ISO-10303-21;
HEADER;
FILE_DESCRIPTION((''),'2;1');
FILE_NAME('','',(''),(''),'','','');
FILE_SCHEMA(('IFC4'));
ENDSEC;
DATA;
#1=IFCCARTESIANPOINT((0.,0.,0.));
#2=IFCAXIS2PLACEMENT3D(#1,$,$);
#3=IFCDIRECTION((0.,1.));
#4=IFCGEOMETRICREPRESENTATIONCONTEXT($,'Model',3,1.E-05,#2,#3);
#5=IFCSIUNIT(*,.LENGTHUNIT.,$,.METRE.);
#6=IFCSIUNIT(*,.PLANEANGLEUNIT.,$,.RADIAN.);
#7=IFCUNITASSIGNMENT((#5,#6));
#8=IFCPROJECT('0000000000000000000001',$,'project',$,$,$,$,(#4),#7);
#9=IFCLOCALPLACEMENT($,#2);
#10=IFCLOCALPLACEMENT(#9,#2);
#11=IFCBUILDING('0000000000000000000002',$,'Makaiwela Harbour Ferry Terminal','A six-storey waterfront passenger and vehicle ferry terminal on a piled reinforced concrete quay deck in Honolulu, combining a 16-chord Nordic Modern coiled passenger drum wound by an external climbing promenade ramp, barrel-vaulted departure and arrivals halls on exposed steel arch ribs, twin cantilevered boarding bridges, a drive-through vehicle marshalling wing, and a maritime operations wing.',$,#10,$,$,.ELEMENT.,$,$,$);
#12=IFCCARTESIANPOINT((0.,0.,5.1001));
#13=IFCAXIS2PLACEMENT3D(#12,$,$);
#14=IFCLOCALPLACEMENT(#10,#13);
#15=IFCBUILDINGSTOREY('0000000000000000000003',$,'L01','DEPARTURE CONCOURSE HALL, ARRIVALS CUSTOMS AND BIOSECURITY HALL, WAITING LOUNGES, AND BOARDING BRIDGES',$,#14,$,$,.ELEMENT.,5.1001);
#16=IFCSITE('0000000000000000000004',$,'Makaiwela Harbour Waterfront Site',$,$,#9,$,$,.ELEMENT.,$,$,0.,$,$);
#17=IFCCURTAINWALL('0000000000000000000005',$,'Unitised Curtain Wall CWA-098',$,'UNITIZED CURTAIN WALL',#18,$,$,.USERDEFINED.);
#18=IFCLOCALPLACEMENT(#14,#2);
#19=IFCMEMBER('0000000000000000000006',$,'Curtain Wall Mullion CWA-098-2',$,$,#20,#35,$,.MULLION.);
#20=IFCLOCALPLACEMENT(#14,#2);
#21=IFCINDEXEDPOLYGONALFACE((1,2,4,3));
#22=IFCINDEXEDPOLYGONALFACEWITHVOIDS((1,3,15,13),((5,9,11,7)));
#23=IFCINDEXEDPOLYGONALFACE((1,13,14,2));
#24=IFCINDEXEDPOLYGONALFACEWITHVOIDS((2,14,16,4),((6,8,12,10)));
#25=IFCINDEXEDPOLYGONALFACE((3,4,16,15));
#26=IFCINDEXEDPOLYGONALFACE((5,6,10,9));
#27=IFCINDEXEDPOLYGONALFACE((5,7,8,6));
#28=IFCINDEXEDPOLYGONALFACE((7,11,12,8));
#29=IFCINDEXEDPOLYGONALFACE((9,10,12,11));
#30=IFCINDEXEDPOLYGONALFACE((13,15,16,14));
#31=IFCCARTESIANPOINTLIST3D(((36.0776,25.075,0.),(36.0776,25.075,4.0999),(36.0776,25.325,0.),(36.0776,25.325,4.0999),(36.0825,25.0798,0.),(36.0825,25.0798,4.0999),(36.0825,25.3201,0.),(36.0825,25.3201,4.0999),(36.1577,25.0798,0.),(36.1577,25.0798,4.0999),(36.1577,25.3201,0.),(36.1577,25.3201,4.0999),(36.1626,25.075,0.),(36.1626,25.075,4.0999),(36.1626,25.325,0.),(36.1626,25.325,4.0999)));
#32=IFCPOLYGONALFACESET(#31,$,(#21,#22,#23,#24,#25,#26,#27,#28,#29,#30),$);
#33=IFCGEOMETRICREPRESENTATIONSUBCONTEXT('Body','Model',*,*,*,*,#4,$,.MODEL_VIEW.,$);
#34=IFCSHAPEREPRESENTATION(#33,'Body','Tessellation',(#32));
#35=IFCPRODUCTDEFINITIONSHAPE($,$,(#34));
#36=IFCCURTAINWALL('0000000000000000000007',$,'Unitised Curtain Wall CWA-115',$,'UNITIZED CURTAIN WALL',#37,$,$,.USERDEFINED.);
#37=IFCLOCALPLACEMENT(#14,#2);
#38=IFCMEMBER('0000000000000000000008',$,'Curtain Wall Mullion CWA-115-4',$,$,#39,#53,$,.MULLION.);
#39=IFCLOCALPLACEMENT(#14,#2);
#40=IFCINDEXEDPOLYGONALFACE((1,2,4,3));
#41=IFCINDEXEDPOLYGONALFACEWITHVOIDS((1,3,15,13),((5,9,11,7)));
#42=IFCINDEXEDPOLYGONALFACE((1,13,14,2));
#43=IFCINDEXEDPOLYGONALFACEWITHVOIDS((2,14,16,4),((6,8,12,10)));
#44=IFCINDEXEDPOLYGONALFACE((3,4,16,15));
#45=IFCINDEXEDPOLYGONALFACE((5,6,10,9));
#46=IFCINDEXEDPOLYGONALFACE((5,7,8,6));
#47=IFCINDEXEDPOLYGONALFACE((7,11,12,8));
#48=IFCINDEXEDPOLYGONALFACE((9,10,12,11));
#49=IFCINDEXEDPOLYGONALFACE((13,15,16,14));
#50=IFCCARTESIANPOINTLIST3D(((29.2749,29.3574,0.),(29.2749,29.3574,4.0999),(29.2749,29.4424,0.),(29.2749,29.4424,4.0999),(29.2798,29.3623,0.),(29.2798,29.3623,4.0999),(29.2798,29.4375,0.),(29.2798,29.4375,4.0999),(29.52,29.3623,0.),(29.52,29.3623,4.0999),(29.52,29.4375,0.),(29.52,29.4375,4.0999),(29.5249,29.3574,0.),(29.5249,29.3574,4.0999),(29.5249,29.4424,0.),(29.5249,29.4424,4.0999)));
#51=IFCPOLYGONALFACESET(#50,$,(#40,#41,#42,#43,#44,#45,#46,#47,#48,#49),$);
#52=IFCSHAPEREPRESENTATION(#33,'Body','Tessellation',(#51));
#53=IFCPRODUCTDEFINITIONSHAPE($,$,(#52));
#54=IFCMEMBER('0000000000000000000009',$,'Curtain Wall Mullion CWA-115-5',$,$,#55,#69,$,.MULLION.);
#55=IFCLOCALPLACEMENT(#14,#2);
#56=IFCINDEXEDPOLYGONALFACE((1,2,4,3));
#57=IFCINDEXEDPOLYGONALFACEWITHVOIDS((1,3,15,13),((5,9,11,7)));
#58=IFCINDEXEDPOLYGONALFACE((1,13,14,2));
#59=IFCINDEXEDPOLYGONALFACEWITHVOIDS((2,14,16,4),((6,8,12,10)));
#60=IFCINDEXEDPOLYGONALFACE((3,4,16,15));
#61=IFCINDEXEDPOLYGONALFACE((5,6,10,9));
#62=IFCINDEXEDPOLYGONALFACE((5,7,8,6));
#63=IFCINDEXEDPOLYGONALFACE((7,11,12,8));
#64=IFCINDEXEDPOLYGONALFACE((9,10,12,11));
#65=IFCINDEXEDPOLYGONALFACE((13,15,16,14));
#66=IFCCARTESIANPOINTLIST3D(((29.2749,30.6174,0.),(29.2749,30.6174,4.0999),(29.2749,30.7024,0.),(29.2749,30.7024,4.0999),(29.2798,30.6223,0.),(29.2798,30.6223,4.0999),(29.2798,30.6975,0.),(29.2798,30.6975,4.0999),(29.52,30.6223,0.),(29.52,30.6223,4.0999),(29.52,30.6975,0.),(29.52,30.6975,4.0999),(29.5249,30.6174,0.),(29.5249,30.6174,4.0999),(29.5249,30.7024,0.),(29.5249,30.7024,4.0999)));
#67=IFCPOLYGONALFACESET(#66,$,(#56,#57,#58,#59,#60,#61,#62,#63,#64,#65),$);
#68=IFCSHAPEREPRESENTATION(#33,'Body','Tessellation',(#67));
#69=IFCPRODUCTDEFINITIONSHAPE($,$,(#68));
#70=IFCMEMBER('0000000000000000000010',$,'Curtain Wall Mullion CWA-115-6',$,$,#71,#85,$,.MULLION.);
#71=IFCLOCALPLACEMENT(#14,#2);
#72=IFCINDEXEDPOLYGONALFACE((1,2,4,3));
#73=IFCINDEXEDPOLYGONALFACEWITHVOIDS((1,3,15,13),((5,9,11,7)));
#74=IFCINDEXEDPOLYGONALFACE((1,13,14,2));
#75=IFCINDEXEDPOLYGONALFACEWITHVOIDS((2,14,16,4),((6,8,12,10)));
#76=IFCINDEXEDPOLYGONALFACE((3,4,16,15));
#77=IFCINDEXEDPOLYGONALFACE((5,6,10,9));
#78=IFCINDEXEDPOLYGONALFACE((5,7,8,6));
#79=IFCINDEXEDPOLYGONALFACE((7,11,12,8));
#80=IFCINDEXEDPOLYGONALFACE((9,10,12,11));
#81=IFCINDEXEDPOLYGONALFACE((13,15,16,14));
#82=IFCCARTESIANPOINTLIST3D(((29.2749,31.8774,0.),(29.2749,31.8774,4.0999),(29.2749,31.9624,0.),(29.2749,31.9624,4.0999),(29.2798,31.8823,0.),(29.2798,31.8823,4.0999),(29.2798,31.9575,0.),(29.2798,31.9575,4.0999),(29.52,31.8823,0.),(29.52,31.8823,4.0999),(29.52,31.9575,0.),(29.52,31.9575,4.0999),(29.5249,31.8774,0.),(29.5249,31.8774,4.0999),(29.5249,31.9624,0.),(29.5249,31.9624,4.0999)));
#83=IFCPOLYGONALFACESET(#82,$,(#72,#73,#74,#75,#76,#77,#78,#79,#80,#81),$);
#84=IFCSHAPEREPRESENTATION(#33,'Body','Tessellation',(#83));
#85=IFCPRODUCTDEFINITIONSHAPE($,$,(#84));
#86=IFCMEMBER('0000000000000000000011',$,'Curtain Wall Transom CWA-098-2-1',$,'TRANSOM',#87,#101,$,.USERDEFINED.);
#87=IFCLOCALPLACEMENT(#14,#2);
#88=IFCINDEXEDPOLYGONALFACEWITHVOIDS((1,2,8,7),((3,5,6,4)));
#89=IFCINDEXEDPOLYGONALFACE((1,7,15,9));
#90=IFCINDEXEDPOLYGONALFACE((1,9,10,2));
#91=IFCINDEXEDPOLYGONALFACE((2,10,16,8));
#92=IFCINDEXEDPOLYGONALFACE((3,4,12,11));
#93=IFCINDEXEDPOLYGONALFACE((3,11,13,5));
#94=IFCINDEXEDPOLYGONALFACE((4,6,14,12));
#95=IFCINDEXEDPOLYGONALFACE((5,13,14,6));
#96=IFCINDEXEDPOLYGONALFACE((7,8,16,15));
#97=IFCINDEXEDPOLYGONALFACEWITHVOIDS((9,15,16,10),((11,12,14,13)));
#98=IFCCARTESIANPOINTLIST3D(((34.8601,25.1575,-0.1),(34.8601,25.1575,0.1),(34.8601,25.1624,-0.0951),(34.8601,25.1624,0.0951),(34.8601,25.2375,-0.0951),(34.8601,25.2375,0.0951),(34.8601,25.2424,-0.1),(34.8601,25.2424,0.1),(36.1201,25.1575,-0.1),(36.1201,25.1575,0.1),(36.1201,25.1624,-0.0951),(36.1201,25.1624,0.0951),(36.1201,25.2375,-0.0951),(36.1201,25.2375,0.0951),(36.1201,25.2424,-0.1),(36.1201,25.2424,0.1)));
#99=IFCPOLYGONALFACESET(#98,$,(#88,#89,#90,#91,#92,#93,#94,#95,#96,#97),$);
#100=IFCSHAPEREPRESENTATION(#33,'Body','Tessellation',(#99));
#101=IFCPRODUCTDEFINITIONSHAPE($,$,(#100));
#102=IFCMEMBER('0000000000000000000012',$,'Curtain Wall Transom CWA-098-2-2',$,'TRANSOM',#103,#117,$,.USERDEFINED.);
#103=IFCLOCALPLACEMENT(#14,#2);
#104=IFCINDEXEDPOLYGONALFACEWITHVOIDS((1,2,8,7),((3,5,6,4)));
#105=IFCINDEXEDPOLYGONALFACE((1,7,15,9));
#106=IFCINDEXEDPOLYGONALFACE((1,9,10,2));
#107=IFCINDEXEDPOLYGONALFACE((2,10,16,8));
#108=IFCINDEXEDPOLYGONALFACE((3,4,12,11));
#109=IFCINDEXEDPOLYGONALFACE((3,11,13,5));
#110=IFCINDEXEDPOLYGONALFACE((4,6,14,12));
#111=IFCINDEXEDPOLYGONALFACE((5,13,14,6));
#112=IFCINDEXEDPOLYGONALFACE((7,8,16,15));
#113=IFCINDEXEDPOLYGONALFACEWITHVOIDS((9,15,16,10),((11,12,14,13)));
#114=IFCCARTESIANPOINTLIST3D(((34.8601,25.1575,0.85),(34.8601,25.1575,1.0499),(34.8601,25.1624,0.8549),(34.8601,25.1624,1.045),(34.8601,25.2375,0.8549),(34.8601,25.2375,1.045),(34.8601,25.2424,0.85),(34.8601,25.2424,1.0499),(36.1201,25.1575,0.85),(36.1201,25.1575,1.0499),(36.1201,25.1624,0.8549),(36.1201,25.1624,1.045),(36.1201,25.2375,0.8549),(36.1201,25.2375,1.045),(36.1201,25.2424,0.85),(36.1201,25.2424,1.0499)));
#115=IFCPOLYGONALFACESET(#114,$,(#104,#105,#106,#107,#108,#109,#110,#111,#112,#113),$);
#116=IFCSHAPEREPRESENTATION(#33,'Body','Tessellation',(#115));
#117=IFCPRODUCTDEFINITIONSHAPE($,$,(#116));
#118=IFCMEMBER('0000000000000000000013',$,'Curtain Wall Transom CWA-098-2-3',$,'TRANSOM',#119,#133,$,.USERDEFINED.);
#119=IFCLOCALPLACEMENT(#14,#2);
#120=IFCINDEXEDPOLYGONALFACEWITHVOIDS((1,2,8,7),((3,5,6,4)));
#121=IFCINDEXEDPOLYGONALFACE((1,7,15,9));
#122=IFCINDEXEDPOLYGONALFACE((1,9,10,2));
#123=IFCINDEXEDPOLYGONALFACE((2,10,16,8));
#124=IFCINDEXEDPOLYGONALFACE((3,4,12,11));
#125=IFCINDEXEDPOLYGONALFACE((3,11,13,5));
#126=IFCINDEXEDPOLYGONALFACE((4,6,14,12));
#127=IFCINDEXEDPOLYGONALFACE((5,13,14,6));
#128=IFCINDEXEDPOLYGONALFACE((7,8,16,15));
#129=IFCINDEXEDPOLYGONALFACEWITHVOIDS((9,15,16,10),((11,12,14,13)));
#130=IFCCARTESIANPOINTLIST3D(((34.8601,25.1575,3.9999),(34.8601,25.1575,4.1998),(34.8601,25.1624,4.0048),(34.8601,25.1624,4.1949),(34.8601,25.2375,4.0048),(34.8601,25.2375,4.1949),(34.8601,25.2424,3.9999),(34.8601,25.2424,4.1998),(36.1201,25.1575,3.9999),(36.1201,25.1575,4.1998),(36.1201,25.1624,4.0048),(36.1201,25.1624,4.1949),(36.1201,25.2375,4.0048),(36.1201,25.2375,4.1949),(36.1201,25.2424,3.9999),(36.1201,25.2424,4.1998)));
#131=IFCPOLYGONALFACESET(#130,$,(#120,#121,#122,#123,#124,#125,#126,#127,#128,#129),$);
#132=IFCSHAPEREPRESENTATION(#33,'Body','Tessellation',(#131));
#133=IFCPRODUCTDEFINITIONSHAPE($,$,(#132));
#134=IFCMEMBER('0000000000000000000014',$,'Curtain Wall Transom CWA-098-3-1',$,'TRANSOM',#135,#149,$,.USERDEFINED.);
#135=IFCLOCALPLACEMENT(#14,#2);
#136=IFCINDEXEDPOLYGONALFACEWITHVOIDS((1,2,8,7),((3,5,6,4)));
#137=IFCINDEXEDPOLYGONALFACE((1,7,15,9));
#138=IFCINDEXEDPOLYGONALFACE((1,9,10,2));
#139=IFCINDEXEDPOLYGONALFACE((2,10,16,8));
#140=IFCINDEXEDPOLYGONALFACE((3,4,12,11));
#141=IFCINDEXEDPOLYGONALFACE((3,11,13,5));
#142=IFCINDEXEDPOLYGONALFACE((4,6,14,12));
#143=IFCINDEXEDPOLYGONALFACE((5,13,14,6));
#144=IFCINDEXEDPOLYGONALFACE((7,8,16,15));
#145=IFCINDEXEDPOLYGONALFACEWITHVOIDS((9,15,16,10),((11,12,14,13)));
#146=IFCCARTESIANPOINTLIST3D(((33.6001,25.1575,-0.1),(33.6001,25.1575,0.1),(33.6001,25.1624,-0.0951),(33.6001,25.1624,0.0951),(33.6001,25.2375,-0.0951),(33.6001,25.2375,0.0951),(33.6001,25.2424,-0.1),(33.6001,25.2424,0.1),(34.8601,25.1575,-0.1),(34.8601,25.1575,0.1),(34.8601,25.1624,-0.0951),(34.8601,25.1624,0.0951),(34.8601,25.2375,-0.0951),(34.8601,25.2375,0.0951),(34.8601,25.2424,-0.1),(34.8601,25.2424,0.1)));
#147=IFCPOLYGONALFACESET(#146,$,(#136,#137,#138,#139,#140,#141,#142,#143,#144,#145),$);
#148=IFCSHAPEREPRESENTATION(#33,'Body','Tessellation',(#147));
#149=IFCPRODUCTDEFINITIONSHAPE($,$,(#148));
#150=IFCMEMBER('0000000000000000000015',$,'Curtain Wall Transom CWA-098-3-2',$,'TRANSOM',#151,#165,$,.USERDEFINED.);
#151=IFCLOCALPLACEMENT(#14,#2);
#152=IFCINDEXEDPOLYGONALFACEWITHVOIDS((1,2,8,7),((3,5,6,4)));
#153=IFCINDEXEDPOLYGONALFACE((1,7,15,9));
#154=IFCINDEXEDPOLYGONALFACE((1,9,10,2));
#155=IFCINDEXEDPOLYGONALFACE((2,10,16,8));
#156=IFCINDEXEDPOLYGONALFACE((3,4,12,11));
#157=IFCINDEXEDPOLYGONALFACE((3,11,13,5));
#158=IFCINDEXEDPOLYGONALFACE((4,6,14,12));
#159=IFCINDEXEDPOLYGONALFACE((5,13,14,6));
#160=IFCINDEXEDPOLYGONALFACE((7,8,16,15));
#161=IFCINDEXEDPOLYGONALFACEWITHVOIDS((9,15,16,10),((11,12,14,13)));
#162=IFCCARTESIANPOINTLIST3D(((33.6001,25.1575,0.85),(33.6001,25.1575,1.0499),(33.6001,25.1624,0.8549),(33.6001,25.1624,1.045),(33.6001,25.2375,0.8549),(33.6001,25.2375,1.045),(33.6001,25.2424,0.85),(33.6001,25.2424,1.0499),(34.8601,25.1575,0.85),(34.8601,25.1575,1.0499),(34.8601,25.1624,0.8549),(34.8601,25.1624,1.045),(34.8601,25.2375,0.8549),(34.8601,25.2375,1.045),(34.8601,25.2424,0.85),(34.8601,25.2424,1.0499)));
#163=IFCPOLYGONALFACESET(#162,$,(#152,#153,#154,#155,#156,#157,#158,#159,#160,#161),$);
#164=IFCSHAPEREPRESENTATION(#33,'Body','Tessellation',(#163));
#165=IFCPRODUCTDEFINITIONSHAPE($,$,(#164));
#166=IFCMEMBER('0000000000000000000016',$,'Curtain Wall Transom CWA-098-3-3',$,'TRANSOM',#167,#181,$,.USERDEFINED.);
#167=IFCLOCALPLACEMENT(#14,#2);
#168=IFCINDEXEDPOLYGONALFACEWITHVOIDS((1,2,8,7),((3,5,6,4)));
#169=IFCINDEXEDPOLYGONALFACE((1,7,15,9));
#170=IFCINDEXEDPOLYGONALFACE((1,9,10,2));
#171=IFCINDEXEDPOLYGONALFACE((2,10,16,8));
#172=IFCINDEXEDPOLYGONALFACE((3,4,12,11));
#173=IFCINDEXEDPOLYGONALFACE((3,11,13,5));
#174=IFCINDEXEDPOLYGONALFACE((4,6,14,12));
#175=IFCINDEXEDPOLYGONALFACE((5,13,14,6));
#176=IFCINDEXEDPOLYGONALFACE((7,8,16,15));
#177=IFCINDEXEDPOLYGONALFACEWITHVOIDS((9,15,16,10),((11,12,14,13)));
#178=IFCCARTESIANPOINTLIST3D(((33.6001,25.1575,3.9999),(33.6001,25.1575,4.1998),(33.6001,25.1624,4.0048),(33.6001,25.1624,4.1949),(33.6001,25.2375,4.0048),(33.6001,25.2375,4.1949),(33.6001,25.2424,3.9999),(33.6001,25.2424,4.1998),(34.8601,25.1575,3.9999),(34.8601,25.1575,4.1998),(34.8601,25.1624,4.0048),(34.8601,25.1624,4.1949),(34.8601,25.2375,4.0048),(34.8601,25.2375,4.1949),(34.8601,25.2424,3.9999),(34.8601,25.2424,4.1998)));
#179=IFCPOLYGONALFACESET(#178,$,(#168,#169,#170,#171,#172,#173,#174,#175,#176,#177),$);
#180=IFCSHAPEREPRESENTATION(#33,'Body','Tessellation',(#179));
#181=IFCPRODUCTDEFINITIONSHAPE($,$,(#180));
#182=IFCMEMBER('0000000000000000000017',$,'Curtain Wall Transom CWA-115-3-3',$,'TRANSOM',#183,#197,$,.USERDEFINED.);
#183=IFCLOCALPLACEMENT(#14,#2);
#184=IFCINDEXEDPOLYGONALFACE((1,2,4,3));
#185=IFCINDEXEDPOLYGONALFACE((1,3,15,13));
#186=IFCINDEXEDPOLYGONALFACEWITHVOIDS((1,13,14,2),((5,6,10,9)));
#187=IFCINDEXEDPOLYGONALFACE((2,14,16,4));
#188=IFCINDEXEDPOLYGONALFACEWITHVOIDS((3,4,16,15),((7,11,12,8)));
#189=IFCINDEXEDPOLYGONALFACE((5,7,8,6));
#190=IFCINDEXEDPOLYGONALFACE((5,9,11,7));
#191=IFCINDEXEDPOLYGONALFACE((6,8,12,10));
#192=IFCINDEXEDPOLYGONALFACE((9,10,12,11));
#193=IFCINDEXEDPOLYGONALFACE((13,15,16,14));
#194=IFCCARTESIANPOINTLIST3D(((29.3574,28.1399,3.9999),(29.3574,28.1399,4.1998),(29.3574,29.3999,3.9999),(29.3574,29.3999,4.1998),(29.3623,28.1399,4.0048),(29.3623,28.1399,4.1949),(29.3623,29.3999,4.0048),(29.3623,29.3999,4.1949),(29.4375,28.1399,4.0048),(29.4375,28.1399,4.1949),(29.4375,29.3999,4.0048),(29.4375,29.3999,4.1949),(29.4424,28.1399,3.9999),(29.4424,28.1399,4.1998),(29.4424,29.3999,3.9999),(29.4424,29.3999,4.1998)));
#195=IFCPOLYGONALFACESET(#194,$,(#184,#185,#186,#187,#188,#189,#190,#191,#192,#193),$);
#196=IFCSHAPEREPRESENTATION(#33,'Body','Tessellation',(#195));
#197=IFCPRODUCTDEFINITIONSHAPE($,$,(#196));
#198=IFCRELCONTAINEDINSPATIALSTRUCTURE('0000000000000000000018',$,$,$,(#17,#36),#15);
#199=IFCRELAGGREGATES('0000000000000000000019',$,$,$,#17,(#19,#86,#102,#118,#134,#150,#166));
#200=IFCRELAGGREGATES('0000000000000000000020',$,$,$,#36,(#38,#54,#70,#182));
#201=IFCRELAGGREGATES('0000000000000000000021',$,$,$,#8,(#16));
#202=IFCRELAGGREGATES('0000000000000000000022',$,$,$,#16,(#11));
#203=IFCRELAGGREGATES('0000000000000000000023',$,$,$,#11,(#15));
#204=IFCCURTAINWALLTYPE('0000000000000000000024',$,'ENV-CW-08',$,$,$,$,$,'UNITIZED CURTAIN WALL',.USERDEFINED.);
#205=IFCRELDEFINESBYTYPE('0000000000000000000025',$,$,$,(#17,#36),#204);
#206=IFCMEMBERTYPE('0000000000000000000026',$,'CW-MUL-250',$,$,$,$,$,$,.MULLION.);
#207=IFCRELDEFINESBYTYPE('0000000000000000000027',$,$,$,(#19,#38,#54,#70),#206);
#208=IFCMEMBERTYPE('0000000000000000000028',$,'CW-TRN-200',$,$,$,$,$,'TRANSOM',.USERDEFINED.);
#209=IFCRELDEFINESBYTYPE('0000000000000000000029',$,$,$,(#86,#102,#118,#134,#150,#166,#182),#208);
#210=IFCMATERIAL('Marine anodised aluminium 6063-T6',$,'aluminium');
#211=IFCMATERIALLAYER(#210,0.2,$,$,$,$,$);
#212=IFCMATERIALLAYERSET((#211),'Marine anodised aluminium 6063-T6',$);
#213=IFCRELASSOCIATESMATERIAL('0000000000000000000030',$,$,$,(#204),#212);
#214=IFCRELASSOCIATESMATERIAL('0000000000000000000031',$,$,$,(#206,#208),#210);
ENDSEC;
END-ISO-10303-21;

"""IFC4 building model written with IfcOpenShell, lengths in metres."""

from ifc_helpers import new_model, si_unit, direction, frame, origin, origin_2d, place, context, subcontext, project, spatial, hollow_rectangle, extrude, material, layer, layer_set, material_profile, profile_set, type_object, element, aggregate, save


model = new_model("IFC4")

# Units and contexts
model_context = context("Model", 3, precision=1e-05, world=origin(), true_north=direction((0.0, 1.0)))
body_context = subcontext(model_context, "Body", "Model", "MODEL_VIEW")
ifc_project = project(units=[si_unit("LENGTHUNIT", "METRE"), si_unit("PLANEANGLEUNIT", "RADIAN")], contexts=[model_context])

# Site, building, storey
site_placement = place(None, origin())
site = spatial("IfcSite", under=ifc_project, at=site_placement, Name="Makaiwela Harbour Waterfront Site", CompositionType="ELEMENT", RefElevation=0.0)
building_placement = place(site_placement, origin())
building = spatial("IfcBuilding", under=site, at=building_placement, Name="Makaiwela Harbour Ferry Terminal", Description="A six-storey waterfront passenger and vehicle ferry terminal on a piled reinforced concrete quay deck in Honolulu, combining a 16-chord Nordic Modern coiled passenger drum wound by an external climbing promenade ramp, barrel-vaulted departure and arrivals halls on exposed steel arch ribs, twin cantilevered boarding bridges, a drive-through vehicle marshalling wing, and a maritime operations wing.", CompositionType="ELEMENT")
storey_placement = place(building_placement, frame((0.0, 0.0, 5.1001)))
storey = spatial("IfcBuildingStorey", under=building, at=storey_placement, Name="L01", Description="DEPARTURE CONCOURSE HALL, ARRIVALS CUSTOMS AND BIOSECURITY HALL, WAITING LOUNGES, AND BOARDING BRIDGES", CompositionType="ELEMENT", Elevation=5.1001)

# Curtain wall, member
ifc_material_1 = material(Name="Marine anodised aluminium 6063-T6", Category="aluminium")
ifc_layer_1 = layer(ifc_material_1, 0.2)
ifc_layer_set_1 = layer_set([ifc_layer_1], Name="Marine anodised aluminium 6063-T6")
curtain_wall_type = type_object("IfcCurtainWallType", Name="ENV-CW-08", ElementType="UNITIZED CURTAIN WALL", PredefinedType="USERDEFINED", material=ifc_layer_set_1)
curtain_wall_1_placement = place(storey_placement, origin())
curtain_wall_1 = element("IfcCurtainWall", 1, at=curtain_wall_1_placement, inside=storey, type_object=curtain_wall_type, Name="Unitised Curtain Wall CWA-098", ObjectType="UNITIZED CURTAIN WALL", PredefinedType="USERDEFINED")
ifc_material_profile_1 = material_profile(ifc_material_1, hollow_rectangle(XDim=0.085, YDim=0.25, WallThickness=0.0049, at=origin_2d()), Name="CWM-250X85")
ifc_profile_set_1 = profile_set([ifc_material_profile_1], Name="Marine anodised aluminium 6063-T6")
member_type_1 = type_object("IfcMemberType", Name="CW-MUL-250", PredefinedType="MULLION", material=ifc_profile_set_1)
member_1_placement = place(storey_placement, frame((36.1201, 25.2, 0.0), z_axis=(0.0, 0.0, 1.0), x_axis=(1.0, 0.0, 0.0)))
member_1 = element("IfcMember", 2, at=member_1_placement, type_object=member_type_1, Name="Curtain Wall Mullion CWA-098-2", PredefinedType="MULLION", context=body_context, shape_type="SweptSolid", body=[
    extrude(hollow_rectangle(XDim=0.085, YDim=0.25, WallThickness=0.0049, at=origin_2d()), origin(), (0.0, 0.0, 1.0), 4.0999),
])

# Curtain wall, members
curtain_wall_2_placement = place(storey_placement, origin())
curtain_wall_2 = element("IfcCurtainWall", 3, at=curtain_wall_2_placement, inside=storey, type_object=curtain_wall_type, Name="Unitised Curtain Wall CWA-115", ObjectType="UNITIZED CURTAIN WALL", PredefinedType="USERDEFINED")
member_2_placement = place(storey_placement, frame((29.3999, 29.3999, 0.0), z_axis=(0.0, 0.0, 1.0), x_axis=(0.0, 1.0, 0.0)))
member_2 = element("IfcMember", 4, at=member_2_placement, type_object=member_type_1, Name="Curtain Wall Mullion CWA-115-4", PredefinedType="MULLION", context=body_context, shape_type="SweptSolid", body=[
    extrude(hollow_rectangle(XDim=0.085, YDim=0.25, WallThickness=0.0049, at=origin_2d()), origin(), (0.0, 0.0, 1.0), 4.0999),
])
member_3_placement = place(storey_placement, frame((29.3999, 30.6599, 0.0), z_axis=(0.0, 0.0, 1.0), x_axis=(0.0, 1.0, 0.0)))
member_3 = element("IfcMember", 5, at=member_3_placement, type_object=member_type_1, Name="Curtain Wall Mullion CWA-115-5", PredefinedType="MULLION", context=body_context, shape_type="SweptSolid", body=[
    extrude(hollow_rectangle(XDim=0.085, YDim=0.25, WallThickness=0.0049, at=origin_2d()), origin(), (0.0, 0.0, 1.0), 4.0999),
])
member_4_placement = place(storey_placement, frame((29.3999, 31.9199, 0.0), z_axis=(0.0, 0.0, 1.0), x_axis=(0.0, 1.0, 0.0)))
member_4 = element("IfcMember", 6, at=member_4_placement, type_object=member_type_1, Name="Curtain Wall Mullion CWA-115-6", PredefinedType="MULLION", context=body_context, shape_type="SweptSolid", body=[
    extrude(hollow_rectangle(XDim=0.085, YDim=0.25, WallThickness=0.0049, at=origin_2d()), origin(), (0.0, 0.0, 1.0), 4.0999),
])

# Members
ifc_material_profile_2 = material_profile(ifc_material_1, hollow_rectangle(XDim=0.085, YDim=0.2, WallThickness=0.0049, at=origin_2d()), Name="CWT-200X85")
ifc_profile_set_2 = profile_set([ifc_material_profile_2], Name="Marine anodised aluminium 6063-T6")
member_type_2 = type_object("IfcMemberType", Name="CW-TRN-200", ElementType="TRANSOM", PredefinedType="USERDEFINED", material=ifc_profile_set_2)
member_5_placement = place(storey_placement, frame((36.1201, 25.2, 0.0), z_axis=(-1.0, 0.0, 0.0), x_axis=(0.0, -1.0, 0.0)))
member_5 = element("IfcMember", 7, at=member_5_placement, type_object=member_type_2, Name="Curtain Wall Transom CWA-098-2-1", ObjectType="TRANSOM", PredefinedType="USERDEFINED", context=body_context, shape_type="SweptSolid", body=[
    extrude(hollow_rectangle(XDim=0.085, YDim=0.2, WallThickness=0.0049, at=origin_2d()), origin(), (0.0, 0.0, 1.0), 1.26),
])
member_6_placement = place(storey_placement, frame((36.1201, 25.2, 0.95), z_axis=(-1.0, 0.0, 0.0), x_axis=(0.0, -1.0, 0.0)))
member_6 = element("IfcMember", 8, at=member_6_placement, type_object=member_type_2, Name="Curtain Wall Transom CWA-098-2-2", ObjectType="TRANSOM", PredefinedType="USERDEFINED", context=body_context, shape_type="SweptSolid", body=[
    extrude(hollow_rectangle(XDim=0.085, YDim=0.2, WallThickness=0.0049, at=origin_2d()), origin(), (0.0, 0.0, 1.0), 1.26),
])
member_7_placement = place(storey_placement, frame((36.1201, 25.2, 4.0999), z_axis=(-1.0, 0.0, 0.0), x_axis=(0.0, -1.0, 0.0)))
member_7 = element("IfcMember", 9, at=member_7_placement, type_object=member_type_2, Name="Curtain Wall Transom CWA-098-2-3", ObjectType="TRANSOM", PredefinedType="USERDEFINED", context=body_context, shape_type="SweptSolid", body=[
    extrude(hollow_rectangle(XDim=0.085, YDim=0.2, WallThickness=0.0049, at=origin_2d()), origin(), (0.0, 0.0, 1.0), 1.26),
])
member_8_placement = place(storey_placement, frame((34.8601, 25.2, 0.0), z_axis=(-1.0, 0.0, 0.0), x_axis=(0.0, -1.0, 0.0)))
member_8 = element("IfcMember", 10, at=member_8_placement, type_object=member_type_2, Name="Curtain Wall Transom CWA-098-3-1", ObjectType="TRANSOM", PredefinedType="USERDEFINED", context=body_context, shape_type="SweptSolid", body=[
    extrude(hollow_rectangle(XDim=0.085, YDim=0.2, WallThickness=0.0049, at=origin_2d()), origin(), (0.0, 0.0, 1.0), 1.26),
])
member_9_placement = place(storey_placement, frame((34.8601, 25.2, 0.95), z_axis=(-1.0, 0.0, 0.0), x_axis=(0.0, -1.0, 0.0)))
member_9 = element("IfcMember", 11, at=member_9_placement, type_object=member_type_2, Name="Curtain Wall Transom CWA-098-3-2", ObjectType="TRANSOM", PredefinedType="USERDEFINED", context=body_context, shape_type="SweptSolid", body=[
    extrude(hollow_rectangle(XDim=0.085, YDim=0.2, WallThickness=0.0049, at=origin_2d()), origin(), (0.0, 0.0, 1.0), 1.26),
])
member_10_placement = place(storey_placement, frame((34.8601, 25.2, 4.0999), z_axis=(-1.0, 0.0, 0.0), x_axis=(0.0, -1.0, 0.0)))
member_10 = element("IfcMember", 12, at=member_10_placement, type_object=member_type_2, Name="Curtain Wall Transom CWA-098-3-3", ObjectType="TRANSOM", PredefinedType="USERDEFINED", context=body_context, shape_type="SweptSolid", body=[
    extrude(hollow_rectangle(XDim=0.085, YDim=0.2, WallThickness=0.0049, at=origin_2d()), origin(), (0.0, 0.0, 1.0), 1.26),
])
member_11_placement = place(storey_placement, frame((29.3999, 28.1399, 4.0999), z_axis=(0.0, 1.0, 0.0), x_axis=(-1.0, 0.0, 0.0)))
member_11 = element("IfcMember", 13, at=member_11_placement, type_object=member_type_2, Name="Curtain Wall Transom CWA-115-3-3", ObjectType="TRANSOM", PredefinedType="USERDEFINED", context=body_context, shape_type="SweptSolid", body=[
    extrude(hollow_rectangle(XDim=0.085, YDim=0.2, WallThickness=0.0049, at=origin_2d()), origin(), (0.0, 0.0, 1.0), 1.26),
])

aggregate(curtain_wall_1, [member_1, member_5, member_6, member_7, member_8, member_9, member_10])
aggregate(curtain_wall_2, [member_2, member_3, member_4, member_11])

save(model, "model.ifc")
